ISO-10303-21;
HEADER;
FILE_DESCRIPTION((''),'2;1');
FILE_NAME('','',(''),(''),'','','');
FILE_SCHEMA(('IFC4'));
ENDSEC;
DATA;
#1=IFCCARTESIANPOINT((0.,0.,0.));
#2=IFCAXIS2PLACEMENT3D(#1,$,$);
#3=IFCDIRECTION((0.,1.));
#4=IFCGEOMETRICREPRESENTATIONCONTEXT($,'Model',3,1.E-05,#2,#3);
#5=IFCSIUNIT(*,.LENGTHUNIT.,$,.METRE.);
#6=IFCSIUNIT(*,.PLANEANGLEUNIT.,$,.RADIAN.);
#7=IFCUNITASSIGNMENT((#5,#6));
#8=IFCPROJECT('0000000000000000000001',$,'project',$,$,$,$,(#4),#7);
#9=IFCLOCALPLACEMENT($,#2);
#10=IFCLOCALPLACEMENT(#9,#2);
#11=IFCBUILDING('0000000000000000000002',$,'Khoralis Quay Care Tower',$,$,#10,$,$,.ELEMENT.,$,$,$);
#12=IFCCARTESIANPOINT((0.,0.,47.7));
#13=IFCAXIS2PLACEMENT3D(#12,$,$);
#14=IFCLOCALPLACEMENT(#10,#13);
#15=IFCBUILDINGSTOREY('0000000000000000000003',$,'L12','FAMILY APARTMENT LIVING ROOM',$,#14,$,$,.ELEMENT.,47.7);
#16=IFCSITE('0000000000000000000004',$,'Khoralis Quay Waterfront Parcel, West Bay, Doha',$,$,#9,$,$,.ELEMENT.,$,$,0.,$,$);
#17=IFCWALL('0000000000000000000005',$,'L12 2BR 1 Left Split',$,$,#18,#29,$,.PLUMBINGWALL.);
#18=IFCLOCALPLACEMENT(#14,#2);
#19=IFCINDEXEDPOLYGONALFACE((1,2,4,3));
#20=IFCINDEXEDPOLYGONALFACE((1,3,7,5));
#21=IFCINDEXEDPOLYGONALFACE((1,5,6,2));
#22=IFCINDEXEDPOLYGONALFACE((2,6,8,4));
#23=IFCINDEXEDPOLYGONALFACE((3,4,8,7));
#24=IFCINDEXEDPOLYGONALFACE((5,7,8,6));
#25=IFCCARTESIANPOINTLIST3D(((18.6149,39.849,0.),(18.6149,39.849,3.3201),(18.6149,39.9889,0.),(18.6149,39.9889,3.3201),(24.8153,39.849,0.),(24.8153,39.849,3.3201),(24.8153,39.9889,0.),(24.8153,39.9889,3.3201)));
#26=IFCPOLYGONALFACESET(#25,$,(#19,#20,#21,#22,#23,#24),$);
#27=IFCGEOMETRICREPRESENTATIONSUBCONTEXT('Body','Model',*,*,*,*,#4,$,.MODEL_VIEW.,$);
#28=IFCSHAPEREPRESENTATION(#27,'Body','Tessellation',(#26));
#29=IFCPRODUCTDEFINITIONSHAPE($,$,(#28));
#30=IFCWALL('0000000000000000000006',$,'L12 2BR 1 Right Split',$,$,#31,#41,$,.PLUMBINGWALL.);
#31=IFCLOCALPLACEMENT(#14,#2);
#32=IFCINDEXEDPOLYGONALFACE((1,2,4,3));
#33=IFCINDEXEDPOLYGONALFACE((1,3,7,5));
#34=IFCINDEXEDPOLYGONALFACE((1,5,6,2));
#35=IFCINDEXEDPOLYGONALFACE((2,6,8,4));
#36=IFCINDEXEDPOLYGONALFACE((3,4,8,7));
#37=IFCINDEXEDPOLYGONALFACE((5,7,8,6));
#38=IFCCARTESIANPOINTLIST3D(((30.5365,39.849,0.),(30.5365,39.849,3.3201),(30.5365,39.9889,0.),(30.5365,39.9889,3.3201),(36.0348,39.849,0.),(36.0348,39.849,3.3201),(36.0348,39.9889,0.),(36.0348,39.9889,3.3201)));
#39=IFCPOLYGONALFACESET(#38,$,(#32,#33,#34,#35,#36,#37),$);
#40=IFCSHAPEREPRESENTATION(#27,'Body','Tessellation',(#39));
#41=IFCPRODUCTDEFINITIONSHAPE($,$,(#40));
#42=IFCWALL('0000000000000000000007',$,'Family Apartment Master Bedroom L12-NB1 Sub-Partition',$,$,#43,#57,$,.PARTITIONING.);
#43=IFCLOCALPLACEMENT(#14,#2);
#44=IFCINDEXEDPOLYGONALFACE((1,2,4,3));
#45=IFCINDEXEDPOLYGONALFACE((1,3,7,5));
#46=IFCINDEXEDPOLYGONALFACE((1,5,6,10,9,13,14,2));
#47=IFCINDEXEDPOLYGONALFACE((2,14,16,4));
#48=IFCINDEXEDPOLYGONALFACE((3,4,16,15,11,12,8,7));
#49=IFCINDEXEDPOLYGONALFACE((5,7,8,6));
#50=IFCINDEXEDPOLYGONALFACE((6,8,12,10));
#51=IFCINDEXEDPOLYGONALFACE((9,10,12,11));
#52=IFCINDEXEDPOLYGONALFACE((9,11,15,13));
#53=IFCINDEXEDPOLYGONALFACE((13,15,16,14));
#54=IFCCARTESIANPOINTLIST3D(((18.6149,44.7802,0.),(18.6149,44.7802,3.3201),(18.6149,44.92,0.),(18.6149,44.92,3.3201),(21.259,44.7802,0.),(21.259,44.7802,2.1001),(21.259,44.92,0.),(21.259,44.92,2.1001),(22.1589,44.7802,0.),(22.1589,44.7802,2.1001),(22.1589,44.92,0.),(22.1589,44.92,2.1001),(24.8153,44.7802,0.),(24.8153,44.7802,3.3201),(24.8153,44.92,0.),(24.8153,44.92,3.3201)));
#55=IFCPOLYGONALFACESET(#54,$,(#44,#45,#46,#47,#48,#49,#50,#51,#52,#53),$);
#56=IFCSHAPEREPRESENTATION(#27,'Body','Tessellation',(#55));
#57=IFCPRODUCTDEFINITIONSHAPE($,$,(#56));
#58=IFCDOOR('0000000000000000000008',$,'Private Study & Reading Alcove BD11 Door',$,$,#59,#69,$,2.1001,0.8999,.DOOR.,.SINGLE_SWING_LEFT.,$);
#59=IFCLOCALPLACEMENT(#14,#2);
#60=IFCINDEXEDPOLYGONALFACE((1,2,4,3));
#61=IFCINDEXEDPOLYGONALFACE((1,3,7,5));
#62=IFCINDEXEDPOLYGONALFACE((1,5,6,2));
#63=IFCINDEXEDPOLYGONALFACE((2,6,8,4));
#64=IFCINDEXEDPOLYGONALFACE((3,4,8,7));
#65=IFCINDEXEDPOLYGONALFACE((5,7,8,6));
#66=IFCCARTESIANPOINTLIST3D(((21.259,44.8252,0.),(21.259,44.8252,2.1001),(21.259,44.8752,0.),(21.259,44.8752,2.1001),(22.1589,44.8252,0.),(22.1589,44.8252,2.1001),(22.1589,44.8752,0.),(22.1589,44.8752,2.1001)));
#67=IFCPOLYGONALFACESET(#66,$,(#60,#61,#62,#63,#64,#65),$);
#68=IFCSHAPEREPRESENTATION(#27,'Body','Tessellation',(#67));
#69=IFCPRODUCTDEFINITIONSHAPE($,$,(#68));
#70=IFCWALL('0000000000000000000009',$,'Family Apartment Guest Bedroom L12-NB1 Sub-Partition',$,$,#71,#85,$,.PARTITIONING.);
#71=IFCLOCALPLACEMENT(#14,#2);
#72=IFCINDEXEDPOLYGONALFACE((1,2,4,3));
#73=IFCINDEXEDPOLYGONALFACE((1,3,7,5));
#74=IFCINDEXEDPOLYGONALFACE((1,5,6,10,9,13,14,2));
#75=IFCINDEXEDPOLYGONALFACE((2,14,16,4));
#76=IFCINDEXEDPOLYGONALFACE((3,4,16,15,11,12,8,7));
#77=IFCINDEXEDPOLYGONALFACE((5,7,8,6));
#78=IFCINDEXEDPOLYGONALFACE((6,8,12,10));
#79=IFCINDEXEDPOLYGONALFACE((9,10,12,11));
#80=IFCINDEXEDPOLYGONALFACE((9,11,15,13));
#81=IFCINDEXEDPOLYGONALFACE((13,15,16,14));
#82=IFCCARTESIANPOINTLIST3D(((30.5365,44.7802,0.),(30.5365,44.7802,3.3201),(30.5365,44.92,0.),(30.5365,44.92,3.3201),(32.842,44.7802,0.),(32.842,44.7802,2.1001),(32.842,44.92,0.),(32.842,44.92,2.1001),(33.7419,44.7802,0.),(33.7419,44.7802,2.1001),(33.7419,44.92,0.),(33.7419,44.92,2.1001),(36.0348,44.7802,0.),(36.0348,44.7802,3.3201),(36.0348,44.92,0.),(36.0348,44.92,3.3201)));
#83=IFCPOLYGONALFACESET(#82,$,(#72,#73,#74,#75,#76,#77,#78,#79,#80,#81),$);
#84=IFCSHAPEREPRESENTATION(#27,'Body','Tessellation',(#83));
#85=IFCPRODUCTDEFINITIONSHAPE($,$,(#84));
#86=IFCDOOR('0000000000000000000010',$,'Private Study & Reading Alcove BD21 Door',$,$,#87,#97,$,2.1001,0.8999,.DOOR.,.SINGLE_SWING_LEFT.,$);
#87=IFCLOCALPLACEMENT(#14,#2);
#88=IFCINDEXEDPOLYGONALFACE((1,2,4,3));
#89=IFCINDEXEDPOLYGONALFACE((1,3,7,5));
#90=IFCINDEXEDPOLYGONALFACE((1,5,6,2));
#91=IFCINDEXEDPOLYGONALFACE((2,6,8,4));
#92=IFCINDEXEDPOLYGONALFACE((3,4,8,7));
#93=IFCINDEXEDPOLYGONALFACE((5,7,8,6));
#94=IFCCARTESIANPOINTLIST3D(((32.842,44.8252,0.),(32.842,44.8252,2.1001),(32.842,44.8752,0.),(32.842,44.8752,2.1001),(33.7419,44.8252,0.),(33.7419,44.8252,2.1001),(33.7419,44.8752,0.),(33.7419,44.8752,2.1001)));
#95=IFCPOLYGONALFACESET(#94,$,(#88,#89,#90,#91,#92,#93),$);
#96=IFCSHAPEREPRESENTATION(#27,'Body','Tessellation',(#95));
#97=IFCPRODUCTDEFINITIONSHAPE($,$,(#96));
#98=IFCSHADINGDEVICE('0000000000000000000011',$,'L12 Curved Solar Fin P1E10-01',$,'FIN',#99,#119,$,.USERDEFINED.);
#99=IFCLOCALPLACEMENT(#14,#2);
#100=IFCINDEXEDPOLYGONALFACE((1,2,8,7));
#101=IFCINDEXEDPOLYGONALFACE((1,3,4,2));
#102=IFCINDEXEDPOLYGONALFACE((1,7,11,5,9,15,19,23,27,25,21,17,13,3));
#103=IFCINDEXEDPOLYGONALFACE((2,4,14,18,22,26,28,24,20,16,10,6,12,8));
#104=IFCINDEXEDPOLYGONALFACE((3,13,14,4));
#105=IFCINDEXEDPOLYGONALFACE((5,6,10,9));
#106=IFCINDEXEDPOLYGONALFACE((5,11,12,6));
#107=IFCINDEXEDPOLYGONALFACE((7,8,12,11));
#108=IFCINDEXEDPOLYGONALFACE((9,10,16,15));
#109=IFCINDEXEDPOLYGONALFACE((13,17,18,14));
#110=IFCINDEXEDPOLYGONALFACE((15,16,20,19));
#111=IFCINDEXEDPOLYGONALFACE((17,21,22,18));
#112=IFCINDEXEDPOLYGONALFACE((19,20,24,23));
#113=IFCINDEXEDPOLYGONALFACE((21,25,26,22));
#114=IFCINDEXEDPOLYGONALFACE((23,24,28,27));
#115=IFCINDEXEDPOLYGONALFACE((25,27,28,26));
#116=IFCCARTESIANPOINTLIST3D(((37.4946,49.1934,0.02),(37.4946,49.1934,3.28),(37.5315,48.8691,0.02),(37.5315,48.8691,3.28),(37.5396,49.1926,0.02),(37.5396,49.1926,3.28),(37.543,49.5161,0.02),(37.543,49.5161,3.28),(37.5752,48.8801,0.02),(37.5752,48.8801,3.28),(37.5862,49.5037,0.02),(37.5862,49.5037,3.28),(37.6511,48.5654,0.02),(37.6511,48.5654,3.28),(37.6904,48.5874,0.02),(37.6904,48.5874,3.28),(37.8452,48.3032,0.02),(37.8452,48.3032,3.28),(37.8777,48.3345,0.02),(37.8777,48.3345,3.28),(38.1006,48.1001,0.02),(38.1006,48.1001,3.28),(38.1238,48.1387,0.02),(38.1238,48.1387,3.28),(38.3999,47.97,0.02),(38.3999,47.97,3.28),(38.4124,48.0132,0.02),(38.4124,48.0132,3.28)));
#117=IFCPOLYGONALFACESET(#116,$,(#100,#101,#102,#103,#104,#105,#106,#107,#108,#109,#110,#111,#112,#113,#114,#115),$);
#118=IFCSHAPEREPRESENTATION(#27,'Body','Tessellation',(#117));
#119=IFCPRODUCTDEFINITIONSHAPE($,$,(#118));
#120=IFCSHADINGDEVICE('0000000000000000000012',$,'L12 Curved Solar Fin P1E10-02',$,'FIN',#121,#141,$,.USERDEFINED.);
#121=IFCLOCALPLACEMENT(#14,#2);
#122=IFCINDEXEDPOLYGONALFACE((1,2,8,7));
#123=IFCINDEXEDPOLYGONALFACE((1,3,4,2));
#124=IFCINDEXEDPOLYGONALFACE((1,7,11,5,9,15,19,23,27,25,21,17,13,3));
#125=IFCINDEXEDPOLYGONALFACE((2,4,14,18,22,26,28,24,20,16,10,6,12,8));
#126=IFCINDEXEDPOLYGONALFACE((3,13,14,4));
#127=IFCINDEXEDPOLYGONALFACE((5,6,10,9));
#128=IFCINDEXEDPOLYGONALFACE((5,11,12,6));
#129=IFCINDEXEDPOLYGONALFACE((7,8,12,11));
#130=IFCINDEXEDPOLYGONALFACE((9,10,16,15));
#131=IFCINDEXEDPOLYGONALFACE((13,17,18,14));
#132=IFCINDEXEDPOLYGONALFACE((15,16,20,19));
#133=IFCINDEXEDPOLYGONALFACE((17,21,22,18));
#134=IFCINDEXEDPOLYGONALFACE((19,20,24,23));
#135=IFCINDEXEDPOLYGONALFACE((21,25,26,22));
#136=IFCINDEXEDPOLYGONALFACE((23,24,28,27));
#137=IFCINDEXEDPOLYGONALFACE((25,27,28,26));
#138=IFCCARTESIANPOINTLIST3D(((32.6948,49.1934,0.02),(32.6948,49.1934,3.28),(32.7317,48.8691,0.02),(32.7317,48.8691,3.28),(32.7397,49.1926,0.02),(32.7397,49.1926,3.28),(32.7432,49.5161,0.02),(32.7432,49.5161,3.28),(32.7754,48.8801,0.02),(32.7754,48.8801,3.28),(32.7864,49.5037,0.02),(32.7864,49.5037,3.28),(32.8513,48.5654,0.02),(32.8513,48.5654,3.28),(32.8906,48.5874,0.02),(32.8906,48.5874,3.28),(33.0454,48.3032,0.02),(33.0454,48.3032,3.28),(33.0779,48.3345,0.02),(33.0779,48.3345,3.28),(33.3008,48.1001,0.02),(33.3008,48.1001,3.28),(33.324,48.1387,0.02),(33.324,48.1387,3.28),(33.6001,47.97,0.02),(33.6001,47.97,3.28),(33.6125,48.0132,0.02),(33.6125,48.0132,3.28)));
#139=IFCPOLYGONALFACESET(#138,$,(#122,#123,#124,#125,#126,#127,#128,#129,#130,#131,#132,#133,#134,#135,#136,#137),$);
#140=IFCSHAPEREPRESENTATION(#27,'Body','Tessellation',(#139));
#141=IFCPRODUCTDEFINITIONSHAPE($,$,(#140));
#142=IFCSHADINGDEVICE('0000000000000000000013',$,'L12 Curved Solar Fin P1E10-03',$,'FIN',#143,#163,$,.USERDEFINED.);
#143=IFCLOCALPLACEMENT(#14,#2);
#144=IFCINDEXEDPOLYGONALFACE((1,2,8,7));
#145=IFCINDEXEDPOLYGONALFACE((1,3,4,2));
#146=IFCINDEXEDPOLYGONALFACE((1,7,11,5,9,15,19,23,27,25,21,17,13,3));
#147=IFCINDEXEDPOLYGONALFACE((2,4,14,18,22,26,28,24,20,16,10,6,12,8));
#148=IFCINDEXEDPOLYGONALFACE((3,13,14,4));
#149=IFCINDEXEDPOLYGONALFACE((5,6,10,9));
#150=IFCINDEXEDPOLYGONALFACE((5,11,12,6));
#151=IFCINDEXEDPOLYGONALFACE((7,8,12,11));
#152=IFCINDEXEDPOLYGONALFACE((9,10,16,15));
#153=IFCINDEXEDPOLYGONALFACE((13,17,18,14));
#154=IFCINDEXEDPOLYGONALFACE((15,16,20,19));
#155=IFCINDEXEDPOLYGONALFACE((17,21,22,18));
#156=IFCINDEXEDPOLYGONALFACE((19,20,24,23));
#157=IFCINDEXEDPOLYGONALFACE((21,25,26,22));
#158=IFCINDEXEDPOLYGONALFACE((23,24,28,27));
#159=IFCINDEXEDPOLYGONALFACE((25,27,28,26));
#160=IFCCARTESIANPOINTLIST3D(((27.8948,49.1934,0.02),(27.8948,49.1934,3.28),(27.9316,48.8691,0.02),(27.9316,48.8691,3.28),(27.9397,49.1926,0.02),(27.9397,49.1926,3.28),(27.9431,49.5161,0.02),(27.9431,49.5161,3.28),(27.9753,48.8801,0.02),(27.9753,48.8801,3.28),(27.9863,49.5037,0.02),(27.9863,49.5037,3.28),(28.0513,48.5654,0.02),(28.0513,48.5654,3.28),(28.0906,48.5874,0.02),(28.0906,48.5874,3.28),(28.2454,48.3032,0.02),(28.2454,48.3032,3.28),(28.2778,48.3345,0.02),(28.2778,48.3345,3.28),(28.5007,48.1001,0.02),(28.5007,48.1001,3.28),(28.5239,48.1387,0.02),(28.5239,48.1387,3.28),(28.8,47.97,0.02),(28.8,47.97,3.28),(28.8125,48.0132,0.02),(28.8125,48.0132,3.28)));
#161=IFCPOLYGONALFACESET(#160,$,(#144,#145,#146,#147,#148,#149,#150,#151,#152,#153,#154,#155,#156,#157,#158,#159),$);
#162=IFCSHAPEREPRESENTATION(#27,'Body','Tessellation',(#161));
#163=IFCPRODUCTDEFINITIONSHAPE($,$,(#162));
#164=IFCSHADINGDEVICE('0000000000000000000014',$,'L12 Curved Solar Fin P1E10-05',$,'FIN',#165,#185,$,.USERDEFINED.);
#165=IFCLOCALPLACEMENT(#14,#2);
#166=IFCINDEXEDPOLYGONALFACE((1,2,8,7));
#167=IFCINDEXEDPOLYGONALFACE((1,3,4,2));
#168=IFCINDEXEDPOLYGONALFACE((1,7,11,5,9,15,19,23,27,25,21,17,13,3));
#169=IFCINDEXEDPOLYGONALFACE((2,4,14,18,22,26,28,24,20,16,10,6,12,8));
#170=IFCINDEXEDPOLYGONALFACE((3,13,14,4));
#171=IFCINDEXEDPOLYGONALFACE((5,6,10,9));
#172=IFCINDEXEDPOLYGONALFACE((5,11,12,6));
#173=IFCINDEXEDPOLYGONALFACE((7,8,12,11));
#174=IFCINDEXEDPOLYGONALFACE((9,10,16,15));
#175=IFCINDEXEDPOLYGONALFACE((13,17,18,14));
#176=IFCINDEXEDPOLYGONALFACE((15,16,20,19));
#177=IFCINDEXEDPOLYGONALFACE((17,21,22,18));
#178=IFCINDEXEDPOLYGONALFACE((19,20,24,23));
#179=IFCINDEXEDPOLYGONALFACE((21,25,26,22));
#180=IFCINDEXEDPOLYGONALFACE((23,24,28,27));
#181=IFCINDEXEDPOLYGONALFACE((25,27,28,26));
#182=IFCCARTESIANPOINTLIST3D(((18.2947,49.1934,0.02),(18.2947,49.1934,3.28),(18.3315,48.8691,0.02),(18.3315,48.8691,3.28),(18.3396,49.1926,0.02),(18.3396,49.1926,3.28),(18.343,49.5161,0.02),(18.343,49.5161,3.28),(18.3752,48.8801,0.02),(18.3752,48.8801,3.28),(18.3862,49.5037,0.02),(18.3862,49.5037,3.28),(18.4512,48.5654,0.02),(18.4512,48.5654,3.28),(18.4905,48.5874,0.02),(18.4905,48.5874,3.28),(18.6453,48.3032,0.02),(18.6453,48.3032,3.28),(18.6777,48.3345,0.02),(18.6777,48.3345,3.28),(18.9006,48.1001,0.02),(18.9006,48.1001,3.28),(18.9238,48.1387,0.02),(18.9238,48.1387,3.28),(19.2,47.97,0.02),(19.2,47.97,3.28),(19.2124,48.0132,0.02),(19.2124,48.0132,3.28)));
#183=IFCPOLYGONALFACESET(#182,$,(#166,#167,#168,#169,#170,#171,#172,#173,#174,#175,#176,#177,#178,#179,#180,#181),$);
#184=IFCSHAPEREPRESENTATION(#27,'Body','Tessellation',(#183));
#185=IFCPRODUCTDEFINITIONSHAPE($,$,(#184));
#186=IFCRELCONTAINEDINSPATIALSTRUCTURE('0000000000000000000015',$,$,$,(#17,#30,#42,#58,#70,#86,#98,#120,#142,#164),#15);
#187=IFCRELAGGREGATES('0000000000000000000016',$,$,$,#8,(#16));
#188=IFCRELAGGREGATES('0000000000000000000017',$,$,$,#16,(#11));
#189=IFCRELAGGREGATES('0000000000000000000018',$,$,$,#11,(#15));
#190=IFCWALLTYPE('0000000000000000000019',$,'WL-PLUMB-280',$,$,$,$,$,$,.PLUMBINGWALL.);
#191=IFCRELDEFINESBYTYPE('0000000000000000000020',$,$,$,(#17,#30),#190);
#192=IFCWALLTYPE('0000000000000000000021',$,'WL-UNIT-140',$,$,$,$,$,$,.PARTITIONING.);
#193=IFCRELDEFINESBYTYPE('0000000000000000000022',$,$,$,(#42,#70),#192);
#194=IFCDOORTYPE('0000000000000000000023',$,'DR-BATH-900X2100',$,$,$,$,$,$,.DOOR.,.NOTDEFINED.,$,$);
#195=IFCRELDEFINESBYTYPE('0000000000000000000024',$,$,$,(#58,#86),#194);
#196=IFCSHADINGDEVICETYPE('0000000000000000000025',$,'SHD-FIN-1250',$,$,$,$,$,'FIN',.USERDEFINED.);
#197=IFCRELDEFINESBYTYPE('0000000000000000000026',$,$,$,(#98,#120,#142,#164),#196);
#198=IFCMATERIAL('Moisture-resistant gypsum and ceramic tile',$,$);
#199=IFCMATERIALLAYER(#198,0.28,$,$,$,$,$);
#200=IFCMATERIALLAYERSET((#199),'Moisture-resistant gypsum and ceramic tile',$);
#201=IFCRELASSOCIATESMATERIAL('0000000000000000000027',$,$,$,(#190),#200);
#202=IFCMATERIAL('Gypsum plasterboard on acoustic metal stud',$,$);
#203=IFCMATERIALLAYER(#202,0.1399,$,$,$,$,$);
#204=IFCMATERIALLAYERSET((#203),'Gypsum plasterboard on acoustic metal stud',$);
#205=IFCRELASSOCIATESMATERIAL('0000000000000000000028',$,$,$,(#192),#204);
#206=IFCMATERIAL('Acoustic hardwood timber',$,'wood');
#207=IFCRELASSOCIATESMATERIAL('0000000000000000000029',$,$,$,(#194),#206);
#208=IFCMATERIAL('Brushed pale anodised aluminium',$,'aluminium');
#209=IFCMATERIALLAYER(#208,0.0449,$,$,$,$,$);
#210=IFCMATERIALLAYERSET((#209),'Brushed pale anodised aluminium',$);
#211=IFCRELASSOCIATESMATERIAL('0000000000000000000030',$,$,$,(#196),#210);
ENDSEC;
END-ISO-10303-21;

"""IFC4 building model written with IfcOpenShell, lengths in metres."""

from ifc_helpers import new_model, si_unit, direction, frame, frame_2d, origin, place, context, subcontext, project, spatial, polyline, rectangle, outline, extrude, source, transform, mapped, material, layer, layer_set, type_object, element, fill, save


model = new_model("IFC4")

# Units and contexts
model_context = context("Model", 3, precision=1e-05, world=origin(), true_north=direction((0.0, 1.0)))
body_context = subcontext(model_context, "Body", "Model", "MODEL_VIEW")
ifc_project = project(units=[si_unit("LENGTHUNIT", "METRE"), si_unit("PLANEANGLEUNIT", "RADIAN")], contexts=[model_context])

# Site, building, storey
site_placement = place(None, origin())
site = spatial("IfcSite", under=ifc_project, at=site_placement, Name="Khoralis Quay Waterfront Parcel, West Bay, Doha", CompositionType="ELEMENT", RefElevation=0.0)
building_placement = place(site_placement, origin())
building = spatial("IfcBuilding", under=site, at=building_placement, Name="Khoralis Quay Care Tower", CompositionType="ELEMENT")
storey_placement = place(building_placement, frame((0.0, 0.0, 47.7)))
storey = spatial("IfcBuildingStorey", under=building, at=storey_placement, Name="L12", Description="FAMILY APARTMENT LIVING ROOM", CompositionType="ELEMENT", Elevation=47.7)

# Walls
ifc_material_1 = material(Name="Moisture-resistant gypsum and ceramic tile")
ifc_layer_1 = layer(ifc_material_1, 0.28)
ifc_layer_set_1 = layer_set([ifc_layer_1], Name="Moisture-resistant gypsum and ceramic tile")
wall_type_1 = type_object("IfcWallType", Name="WL-PLUMB-280", PredefinedType="PLUMBINGWALL", material=ifc_layer_set_1)
wall_1_placement = place(storey_placement, frame((18.615, 39.9189, 0.0), z_axis=(0.0, 0.0, 1.0), x_axis=(1.0, 0.0, 0.0)))
element("IfcWall", 1, at=wall_1_placement, inside=storey, type_object=wall_type_1, Name="L12 2BR 1 Left Split", PredefinedType="PLUMBINGWALL", context=body_context, shape_type="SweptSolid", body=[
    extrude(rectangle(XDim=6.2004, YDim=0.1399, at=frame_2d((3.1001, 0.0))), origin(), (0.0, 0.0, 1.0), 3.3201),
])
wall_2_placement = place(storey_placement, frame((30.5366, 39.9189, 0.0), z_axis=(0.0, 0.0, 1.0), x_axis=(1.0, 0.0, 0.0)))
element("IfcWall", 2, at=wall_2_placement, inside=storey, type_object=wall_type_1, Name="L12 2BR 1 Right Split", PredefinedType="PLUMBINGWALL", context=body_context, shape_type="SweptSolid", body=[
    extrude(rectangle(XDim=5.4983, YDim=0.1399, at=frame_2d((2.749, 0.0))), origin(), (0.0, 0.0, 1.0), 3.3201),
])

# Walls, openings, doors
ifc_material_2 = material(Name="Gypsum plasterboard on acoustic metal stud")
ifc_layer_2 = layer(ifc_material_2, 0.1399)
ifc_layer_set_2 = layer_set([ifc_layer_2], Name="Gypsum plasterboard on acoustic metal stud")
wall_type_2 = type_object("IfcWallType", Name="WL-UNIT-140", PredefinedType="PARTITIONING", material=ifc_layer_set_2)
wall_3_placement = place(storey_placement, frame((18.615, 44.8501, 0.0), z_axis=(0.0, 0.0, 1.0), x_axis=(1.0, 0.0, 0.0)))
wall_3 = element("IfcWall", 3, at=wall_3_placement, inside=storey, type_object=wall_type_2, Name="Family Apartment Master Bedroom L12-NB1 Sub-Partition", PredefinedType="PARTITIONING", context=body_context, shape_type="SweptSolid", body=[
    extrude(rectangle(XDim=6.2004, YDim=0.1399, at=frame_2d((3.1001, 0.0))), origin(), (0.0, 0.0, 1.0), 3.3201),
])
opening_1_placement = place(wall_3_placement, frame((2.644, 0.0, 0.0)))
opening_1 = element("IfcOpeningElement", 4, at=opening_1_placement, cuts=wall_3, PredefinedType="OPENING", context=body_context, shape_type="SweptSolid", body=[
    extrude(rectangle(XDim=0.8999, YDim=2.1001, at=frame_2d((0.45, 1.05))), frame((0.0, 0.0801, 0.0), z_axis=(0.0, -1.0, 0.0), x_axis=(1.0, 0.0, 0.0)), (0.0, 0.0, 1.0), 0.1599),
])
ifc_material_3 = material(Name="Acoustic hardwood timber", Category="wood")
door_type = type_object("IfcDoorType", Name="DR-BATH-900X2100", OperationType="NOTDEFINED", PredefinedType="DOOR", material=ifc_material_3)
shared_shape_1 = source(origin(), body_context, "Body", "SweptSolid", [
    extrude(rectangle(XDim=0.8999, YDim=2.1001, at=frame_2d((0.45, 1.05))), frame((0.0, 0.0249, 0.0), z_axis=(0.0, -1.0, 0.0), x_axis=(1.0, 0.0, 0.0)), (0.0, 0.0, 1.0), 0.05),
])
door_1_placement = place(opening_1_placement, frame((0.8999, 0.0, 0.0), z_axis=(0.0, 0.0, 1.0), x_axis=(-1.0, 0.0, 0.0)))
door_1 = element("IfcDoor", 5, at=door_1_placement, inside=storey, type_object=door_type, Name="Private Study & Reading Alcove BD11 Door", OperationType="SINGLE_SWING_LEFT", OverallHeight=2.1001, OverallWidth=0.8999, PredefinedType="DOOR", context=body_context, shape_type="MappedRepresentation", body=[
    mapped(shared_shape_1, transform((0.0, 0.0, 0.0), scale=1.0)),
])
fill(opening_1, door_1)
wall_4_placement = place(storey_placement, frame((30.5366, 44.8501, 0.0), z_axis=(0.0, 0.0, 1.0), x_axis=(1.0, 0.0, 0.0)))
wall_4 = element("IfcWall", 6, at=wall_4_placement, inside=storey, type_object=wall_type_2, Name="Family Apartment Guest Bedroom L12-NB1 Sub-Partition", PredefinedType="PARTITIONING", context=body_context, shape_type="SweptSolid", body=[
    extrude(rectangle(XDim=5.4983, YDim=0.1399, at=frame_2d((2.749, 0.0))), origin(), (0.0, 0.0, 1.0), 3.3201),
])
opening_2_placement = place(wall_4_placement, frame((2.3054, 0.0, 0.0)))
opening_2 = element("IfcOpeningElement", 7, at=opening_2_placement, cuts=wall_4, PredefinedType="OPENING", context=body_context, shape_type="SweptSolid", body=[
    extrude(rectangle(XDim=0.8999, YDim=2.1001, at=frame_2d((0.45, 1.05))), frame((0.0, 0.0801, 0.0), z_axis=(0.0, -1.0, 0.0), x_axis=(1.0, 0.0, 0.0)), (0.0, 0.0, 1.0), 0.1599),
])
door_2_placement = place(opening_2_placement, frame((0.8999, 0.0, 0.0), z_axis=(0.0, 0.0, 1.0), x_axis=(-1.0, 0.0, 0.0)))
door_2 = element("IfcDoor", 8, at=door_2_placement, inside=storey, type_object=door_type, Name="Private Study & Reading Alcove BD21 Door", OperationType="SINGLE_SWING_LEFT", OverallHeight=2.1001, OverallWidth=0.8999, PredefinedType="DOOR", context=body_context, shape_type="MappedRepresentation", body=[
    mapped(shared_shape_1, transform((0.0, 0.0, 0.0), scale=1.0)),
])
fill(opening_2, door_2)

# Shading devices
ifc_material_4 = material(Name="Brushed pale anodised aluminium", Category="aluminium")
ifc_layer_3 = layer(ifc_material_4, 0.0449)
ifc_layer_set_3 = layer_set([ifc_layer_3], Name="Brushed pale anodised aluminium")
shading_device_type = type_object("IfcShadingDeviceType", Name="SHD-FIN-1250", ElementType="FIN", PredefinedType="USERDEFINED", material=ifc_layer_set_3)
shared_shape_2 = source(origin(), body_context, "Body", "SweptSolid", [
    extrude(outline(polyline([(0.0, 0.0), (0.1301, 0.2993), (0.3333, 0.5547), (0.5955, 0.7488), (0.8992, 0.8684), (1.2234, 0.9053), (1.5461, 0.8569), (1.5337, 0.8137), (1.2227, 0.8604), (0.9102, 0.8247), (0.6174, 0.7095), (0.3645, 0.5222), (0.1687, 0.2761), (0.0432, -0.0125), (0.0, 0.0)])), origin(), (0.0, 0.0, 1.0), 3.26),
])
for number, where, z_axis, x_axis, name in (
    (9, (38.3999, 47.97, 0.02), (0.0, 0.0, 1.0), (0.0, 1.0, 0.0), "L12 Curved Solar Fin P1E10-01"),
    (10, (33.6001, 47.97, 0.02), (0.0, 0.0, 1.0), (0.0, 1.0, 0.0), "L12 Curved Solar Fin P1E10-02"),
    (11, (28.8, 47.97, 0.02), (0.0, 0.0, 1.0), (0.0, 1.0, 0.0), "L12 Curved Solar Fin P1E10-03"),
    (12, (19.2, 47.97, 0.02), (0.0, 0.0, 1.0), (0.0, 1.0, 0.0), "L12 Curved Solar Fin P1E10-05"),
):
    element("IfcShadingDevice", number, at=place(storey_placement, frame(where, z_axis=z_axis, x_axis=x_axis)), inside=storey, type_object=shading_device_type, Name=name, ObjectType="FIN", PredefinedType="USERDEFINED", context=body_context, shape_type="MappedRepresentation", body=[
        mapped(shared_shape_2, transform((0.0, 0.0, 0.0), scale=1.0)),
    ])

save(model, "model.ifc")
